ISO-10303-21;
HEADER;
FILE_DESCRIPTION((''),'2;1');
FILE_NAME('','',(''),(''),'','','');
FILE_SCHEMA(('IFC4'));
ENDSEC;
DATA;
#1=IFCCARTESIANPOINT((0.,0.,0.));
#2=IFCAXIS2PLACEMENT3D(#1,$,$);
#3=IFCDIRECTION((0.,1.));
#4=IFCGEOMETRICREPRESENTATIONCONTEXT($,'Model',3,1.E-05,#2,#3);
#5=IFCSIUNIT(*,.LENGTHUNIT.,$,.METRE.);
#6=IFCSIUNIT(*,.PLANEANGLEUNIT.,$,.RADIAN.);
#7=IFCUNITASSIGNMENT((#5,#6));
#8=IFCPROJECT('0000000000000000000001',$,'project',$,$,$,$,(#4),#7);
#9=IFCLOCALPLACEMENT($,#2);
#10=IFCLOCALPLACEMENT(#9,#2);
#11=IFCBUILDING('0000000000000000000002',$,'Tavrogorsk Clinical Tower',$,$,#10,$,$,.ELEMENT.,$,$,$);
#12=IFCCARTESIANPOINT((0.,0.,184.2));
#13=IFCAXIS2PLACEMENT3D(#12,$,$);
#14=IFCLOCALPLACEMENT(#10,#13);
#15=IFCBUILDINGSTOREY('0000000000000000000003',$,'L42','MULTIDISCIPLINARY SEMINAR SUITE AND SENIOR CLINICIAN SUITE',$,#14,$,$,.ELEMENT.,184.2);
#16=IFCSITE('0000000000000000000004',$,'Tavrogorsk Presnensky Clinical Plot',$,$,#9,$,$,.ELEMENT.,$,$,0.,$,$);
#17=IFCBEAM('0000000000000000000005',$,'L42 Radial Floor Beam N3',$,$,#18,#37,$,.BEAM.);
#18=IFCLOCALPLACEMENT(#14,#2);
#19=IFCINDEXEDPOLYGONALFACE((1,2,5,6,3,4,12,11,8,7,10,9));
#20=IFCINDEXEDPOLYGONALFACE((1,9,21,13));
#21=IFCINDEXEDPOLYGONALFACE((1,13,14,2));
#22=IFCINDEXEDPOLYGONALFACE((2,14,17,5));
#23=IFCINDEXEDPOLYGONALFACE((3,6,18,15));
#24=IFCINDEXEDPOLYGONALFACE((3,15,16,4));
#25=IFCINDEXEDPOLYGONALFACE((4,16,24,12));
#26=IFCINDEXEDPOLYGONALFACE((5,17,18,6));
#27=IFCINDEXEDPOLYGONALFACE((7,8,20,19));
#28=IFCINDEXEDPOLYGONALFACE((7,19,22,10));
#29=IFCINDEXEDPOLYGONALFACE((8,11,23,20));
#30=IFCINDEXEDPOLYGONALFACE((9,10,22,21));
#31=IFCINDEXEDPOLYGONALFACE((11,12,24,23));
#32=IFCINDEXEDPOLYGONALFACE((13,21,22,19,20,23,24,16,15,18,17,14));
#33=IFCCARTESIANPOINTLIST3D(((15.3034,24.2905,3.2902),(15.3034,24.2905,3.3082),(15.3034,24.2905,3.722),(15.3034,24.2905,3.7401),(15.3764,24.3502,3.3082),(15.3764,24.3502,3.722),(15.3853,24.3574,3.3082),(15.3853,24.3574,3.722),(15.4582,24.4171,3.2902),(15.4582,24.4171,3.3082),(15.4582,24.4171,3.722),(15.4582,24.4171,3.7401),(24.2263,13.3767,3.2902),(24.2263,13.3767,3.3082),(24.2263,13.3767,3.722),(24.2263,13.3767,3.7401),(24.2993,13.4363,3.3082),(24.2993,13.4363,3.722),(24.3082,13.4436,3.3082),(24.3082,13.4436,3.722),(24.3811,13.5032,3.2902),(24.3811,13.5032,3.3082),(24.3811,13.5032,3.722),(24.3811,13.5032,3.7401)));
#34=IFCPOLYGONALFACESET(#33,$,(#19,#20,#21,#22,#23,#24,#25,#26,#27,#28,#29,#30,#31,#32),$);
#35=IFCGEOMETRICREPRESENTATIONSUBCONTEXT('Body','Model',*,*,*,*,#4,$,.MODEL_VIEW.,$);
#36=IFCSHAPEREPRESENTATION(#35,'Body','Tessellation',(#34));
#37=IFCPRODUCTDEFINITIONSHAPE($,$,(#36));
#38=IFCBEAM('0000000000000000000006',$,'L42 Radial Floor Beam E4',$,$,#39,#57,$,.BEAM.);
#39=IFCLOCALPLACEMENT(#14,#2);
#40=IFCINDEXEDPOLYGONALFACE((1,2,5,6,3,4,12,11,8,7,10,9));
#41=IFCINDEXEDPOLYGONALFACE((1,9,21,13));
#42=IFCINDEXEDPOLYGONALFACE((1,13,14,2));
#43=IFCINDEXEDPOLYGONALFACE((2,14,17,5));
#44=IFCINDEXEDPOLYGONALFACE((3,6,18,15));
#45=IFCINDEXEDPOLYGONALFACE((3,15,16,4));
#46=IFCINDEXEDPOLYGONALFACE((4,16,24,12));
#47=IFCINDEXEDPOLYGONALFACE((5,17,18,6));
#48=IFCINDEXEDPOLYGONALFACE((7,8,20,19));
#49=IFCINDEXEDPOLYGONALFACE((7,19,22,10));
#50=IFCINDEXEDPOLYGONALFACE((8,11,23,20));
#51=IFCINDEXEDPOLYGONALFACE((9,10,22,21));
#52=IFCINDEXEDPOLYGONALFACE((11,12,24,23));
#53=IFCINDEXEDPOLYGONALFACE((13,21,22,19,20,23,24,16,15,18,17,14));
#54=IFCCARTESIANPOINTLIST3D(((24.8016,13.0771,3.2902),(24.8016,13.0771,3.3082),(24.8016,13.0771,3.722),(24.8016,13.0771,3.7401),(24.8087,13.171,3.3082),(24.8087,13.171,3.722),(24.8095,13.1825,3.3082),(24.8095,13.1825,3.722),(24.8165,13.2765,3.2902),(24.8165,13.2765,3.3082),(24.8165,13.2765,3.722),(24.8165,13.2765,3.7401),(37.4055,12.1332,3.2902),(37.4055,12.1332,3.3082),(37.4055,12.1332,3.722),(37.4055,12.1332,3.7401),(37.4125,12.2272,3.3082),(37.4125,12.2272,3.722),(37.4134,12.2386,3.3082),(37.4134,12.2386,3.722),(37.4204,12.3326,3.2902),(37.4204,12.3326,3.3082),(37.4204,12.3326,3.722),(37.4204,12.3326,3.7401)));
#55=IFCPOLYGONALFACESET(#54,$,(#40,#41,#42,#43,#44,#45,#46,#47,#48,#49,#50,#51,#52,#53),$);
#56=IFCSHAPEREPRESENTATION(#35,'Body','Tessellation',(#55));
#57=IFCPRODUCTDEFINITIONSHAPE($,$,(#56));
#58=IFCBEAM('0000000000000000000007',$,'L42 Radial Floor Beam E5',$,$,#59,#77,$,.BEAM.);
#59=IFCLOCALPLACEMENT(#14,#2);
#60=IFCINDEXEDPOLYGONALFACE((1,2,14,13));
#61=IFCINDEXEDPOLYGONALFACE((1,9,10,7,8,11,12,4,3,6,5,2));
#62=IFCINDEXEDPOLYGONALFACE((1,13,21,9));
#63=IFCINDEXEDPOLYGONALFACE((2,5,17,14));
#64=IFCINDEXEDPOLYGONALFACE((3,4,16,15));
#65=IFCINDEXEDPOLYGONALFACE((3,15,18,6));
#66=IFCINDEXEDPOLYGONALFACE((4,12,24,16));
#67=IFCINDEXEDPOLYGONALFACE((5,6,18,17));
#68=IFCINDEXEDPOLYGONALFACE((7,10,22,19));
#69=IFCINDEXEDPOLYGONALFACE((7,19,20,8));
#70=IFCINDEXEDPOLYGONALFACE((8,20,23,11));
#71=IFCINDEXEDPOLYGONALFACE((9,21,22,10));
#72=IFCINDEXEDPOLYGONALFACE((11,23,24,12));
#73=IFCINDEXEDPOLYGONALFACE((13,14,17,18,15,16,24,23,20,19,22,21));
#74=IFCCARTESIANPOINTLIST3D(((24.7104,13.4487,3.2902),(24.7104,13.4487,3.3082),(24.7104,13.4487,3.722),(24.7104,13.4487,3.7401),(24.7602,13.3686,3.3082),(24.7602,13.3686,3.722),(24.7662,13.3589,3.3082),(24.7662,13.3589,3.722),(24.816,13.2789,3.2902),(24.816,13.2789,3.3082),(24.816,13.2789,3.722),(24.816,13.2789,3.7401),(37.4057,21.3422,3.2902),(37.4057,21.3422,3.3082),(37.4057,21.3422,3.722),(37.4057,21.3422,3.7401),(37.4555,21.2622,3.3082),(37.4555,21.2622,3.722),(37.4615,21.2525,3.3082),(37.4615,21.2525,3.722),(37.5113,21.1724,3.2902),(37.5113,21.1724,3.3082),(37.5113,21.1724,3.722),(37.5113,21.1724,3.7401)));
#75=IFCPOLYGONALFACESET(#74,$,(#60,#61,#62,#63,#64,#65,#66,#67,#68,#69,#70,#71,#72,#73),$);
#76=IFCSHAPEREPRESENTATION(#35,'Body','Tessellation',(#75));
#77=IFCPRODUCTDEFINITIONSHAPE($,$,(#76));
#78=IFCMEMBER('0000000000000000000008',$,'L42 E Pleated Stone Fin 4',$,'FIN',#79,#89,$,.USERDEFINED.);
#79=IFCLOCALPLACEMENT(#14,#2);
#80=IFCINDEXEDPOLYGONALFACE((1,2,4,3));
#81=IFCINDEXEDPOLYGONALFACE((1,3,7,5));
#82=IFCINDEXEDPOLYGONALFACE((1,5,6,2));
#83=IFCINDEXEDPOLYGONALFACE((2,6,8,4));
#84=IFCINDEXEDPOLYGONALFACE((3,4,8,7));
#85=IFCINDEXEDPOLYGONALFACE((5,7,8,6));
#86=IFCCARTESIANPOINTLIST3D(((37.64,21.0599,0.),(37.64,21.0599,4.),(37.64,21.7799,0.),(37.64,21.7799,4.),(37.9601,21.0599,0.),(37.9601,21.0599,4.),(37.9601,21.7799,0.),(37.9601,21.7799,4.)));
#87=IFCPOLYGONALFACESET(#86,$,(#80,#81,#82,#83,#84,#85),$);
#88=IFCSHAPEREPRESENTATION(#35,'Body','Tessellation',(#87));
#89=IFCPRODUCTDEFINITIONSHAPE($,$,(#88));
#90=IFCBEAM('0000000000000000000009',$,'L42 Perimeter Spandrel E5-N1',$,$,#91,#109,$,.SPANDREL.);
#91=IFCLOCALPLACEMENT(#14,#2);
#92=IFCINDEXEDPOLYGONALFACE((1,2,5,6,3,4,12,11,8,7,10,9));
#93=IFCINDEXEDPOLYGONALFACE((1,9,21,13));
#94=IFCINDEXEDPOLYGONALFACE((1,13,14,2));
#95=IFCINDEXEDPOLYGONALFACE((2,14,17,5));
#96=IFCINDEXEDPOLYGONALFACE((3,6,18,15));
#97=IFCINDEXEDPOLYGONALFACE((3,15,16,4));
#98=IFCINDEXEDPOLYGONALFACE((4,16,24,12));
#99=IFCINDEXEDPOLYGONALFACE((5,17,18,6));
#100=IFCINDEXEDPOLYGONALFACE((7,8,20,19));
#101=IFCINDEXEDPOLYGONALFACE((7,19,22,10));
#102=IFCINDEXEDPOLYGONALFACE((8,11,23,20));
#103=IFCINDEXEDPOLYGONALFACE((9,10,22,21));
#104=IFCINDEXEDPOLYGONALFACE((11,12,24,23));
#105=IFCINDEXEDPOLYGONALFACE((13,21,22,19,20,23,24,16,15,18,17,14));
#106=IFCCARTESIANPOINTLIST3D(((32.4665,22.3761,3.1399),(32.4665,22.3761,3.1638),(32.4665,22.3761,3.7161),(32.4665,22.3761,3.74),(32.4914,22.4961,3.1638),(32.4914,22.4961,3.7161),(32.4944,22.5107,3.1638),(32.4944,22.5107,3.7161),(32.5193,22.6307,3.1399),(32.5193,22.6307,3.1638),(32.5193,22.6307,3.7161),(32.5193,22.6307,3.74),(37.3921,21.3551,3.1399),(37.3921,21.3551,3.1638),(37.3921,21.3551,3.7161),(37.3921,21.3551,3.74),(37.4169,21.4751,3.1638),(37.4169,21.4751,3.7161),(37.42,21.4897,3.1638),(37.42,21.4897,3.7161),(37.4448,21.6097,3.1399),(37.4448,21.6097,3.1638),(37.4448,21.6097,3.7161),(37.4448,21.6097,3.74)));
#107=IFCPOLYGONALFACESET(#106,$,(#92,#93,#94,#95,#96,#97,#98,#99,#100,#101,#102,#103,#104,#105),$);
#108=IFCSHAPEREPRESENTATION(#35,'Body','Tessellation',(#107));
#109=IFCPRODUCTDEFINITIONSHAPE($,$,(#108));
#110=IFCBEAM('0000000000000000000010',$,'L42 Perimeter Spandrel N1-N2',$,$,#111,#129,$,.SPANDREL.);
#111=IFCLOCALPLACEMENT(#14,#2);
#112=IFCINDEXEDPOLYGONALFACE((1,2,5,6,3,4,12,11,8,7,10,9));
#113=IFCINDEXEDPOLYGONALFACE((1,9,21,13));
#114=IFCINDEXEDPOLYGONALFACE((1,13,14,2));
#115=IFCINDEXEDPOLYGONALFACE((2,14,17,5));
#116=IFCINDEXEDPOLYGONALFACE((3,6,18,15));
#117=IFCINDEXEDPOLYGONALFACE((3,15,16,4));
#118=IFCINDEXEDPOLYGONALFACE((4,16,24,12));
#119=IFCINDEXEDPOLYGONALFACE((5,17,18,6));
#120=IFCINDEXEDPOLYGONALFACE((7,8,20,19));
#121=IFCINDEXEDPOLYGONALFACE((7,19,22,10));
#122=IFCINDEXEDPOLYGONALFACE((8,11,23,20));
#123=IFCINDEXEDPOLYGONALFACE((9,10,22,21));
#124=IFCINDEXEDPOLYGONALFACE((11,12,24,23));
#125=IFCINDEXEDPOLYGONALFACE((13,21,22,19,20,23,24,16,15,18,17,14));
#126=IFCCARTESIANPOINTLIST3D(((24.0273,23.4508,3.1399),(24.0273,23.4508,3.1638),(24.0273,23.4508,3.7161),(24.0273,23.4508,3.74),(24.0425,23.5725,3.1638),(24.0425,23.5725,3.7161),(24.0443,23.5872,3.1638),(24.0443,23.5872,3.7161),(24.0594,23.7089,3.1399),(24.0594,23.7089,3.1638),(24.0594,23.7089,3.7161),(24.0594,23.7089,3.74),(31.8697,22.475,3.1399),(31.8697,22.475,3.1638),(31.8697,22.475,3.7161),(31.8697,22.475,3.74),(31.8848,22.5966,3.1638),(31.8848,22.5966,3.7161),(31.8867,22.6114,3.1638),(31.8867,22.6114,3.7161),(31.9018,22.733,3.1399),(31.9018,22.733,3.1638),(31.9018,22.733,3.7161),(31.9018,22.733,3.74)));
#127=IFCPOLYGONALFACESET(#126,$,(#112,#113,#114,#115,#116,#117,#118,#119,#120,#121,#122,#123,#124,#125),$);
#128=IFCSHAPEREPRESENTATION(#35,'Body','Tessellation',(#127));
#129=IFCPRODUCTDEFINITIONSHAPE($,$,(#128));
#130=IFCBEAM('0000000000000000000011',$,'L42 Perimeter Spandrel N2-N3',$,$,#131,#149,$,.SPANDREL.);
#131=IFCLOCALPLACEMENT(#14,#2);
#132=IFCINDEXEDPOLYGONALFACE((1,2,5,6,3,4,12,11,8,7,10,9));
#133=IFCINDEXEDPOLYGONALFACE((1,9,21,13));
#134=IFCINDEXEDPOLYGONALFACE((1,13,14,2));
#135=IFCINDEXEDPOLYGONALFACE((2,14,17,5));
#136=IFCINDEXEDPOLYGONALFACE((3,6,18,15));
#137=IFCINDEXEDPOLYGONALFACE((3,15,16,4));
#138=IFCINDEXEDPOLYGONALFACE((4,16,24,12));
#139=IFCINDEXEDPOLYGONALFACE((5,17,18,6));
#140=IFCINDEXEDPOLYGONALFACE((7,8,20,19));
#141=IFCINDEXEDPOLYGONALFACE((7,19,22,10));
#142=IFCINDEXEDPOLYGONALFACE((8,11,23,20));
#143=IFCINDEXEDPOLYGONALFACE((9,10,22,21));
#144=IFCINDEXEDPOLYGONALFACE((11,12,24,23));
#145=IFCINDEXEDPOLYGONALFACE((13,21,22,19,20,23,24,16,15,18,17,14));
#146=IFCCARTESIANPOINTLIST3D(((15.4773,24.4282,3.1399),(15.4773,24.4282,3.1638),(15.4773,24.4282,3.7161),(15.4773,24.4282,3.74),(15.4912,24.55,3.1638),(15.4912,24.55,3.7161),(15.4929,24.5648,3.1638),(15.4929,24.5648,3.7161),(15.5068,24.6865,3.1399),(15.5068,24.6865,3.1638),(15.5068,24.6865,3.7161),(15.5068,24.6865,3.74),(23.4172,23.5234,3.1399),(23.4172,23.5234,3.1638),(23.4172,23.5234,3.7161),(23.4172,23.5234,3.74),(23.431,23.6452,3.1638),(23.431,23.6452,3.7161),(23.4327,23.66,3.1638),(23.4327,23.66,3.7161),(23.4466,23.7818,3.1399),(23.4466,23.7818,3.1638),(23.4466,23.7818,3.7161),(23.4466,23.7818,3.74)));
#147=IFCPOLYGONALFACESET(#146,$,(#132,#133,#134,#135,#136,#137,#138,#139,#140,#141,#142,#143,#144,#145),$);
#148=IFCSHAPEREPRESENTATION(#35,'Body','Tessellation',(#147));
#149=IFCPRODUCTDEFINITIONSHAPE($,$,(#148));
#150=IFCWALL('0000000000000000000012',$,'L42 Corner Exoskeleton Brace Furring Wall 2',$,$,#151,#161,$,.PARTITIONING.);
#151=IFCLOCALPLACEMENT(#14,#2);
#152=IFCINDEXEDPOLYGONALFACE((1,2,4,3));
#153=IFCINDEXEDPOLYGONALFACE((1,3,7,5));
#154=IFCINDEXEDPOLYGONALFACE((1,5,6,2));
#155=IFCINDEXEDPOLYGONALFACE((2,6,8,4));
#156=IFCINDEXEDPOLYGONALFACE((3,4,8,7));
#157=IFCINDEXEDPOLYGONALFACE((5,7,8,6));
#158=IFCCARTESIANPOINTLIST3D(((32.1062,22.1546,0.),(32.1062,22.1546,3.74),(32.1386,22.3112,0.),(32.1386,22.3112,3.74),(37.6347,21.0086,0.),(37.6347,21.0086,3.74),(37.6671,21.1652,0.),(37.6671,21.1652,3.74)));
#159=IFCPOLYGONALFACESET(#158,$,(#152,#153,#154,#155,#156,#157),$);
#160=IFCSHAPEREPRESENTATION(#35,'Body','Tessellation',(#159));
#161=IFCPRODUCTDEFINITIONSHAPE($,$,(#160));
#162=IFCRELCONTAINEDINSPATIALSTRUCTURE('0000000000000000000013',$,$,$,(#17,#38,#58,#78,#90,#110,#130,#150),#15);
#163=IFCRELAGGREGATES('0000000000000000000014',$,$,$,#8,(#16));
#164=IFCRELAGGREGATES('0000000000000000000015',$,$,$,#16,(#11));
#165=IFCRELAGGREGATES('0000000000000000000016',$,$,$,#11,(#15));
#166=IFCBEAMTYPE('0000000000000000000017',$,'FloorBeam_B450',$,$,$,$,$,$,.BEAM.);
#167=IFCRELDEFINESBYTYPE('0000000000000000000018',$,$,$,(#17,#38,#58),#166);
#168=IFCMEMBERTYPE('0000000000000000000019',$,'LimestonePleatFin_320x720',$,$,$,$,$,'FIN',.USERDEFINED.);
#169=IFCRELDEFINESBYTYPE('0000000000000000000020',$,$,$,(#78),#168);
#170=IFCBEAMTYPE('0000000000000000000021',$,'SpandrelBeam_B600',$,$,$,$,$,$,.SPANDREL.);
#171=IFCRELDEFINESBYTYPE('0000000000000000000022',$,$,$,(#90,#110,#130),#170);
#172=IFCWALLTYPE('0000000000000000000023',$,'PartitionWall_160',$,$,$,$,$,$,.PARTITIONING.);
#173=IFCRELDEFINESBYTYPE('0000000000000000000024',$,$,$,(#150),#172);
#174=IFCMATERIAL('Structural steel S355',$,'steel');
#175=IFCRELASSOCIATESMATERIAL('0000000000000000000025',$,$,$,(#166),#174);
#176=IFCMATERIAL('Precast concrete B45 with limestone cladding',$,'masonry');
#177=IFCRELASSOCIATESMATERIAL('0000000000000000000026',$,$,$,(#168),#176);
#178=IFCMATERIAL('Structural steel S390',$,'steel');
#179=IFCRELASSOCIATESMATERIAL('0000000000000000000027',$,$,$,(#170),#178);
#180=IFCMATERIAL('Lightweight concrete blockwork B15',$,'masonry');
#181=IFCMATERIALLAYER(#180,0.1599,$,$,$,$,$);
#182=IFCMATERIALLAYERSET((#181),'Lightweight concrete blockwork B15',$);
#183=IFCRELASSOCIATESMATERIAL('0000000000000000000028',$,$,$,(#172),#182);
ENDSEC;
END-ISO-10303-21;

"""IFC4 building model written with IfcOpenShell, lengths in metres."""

from ifc_helpers import new_model, si_unit, direction, frame, frame_2d, origin, origin_2d, place, context, subcontext, project, spatial, rectangle, i_section, extrude, material, layer, layer_set, material_profile, profile_set, type_object, element, save


model = new_model("IFC4")

# Units and contexts
model_context = context("Model", 3, precision=1e-05, world=origin(), true_north=direction((0.0, 1.0)))
body_context = subcontext(model_context, "Body", "Model", "MODEL_VIEW")
ifc_project = project(units=[si_unit("LENGTHUNIT", "METRE"), si_unit("PLANEANGLEUNIT", "RADIAN")], contexts=[model_context])

# Site, building, storey
site_placement = place(None, origin())
site = spatial("IfcSite", under=ifc_project, at=site_placement, Name="Tavrogorsk Presnensky Clinical Plot", CompositionType="ELEMENT", RefElevation=0.0)
building_placement = place(site_placement, origin())
building = spatial("IfcBuilding", under=site, at=building_placement, Name="Tavrogorsk Clinical Tower", CompositionType="ELEMENT")
storey_placement = place(building_placement, frame((0.0, 0.0, 184.2)))
storey = spatial("IfcBuildingStorey", under=building, at=storey_placement, Name="L42", Description="MULTIDISCIPLINARY SEMINAR SUITE AND SENIOR CLINICIAN SUITE", CompositionType="ELEMENT", Elevation=184.2)

# Beams
ifc_material_1 = material(Name="Structural steel S355", Category="steel")
ifc_material_profile_1 = material_profile(ifc_material_1, i_section(OverallWidth=0.2, OverallDepth=0.45, WebThickness=0.0115, FlangeThickness=0.0181, at=origin_2d()), Name="B-450x200x11.5x18")
ifc_profile_set_1 = profile_set([ifc_material_profile_1], Name="Structural steel S355")
beam_type_1 = type_object("IfcBeamType", Name="FloorBeam_B450", PredefinedType="BEAM", material=ifc_profile_set_1)
beam_1_placement = place(storey_placement, frame((24.3037, 13.4399, 3.5151), z_axis=(-0.632956, 0.774188, 0.0), x_axis=(-0.774188, -0.632956, 0.0)))
element("IfcBeam", 1, at=beam_1_placement, inside=storey, type_object=beam_type_1, Name="L42 Radial Floor Beam N3", PredefinedType="BEAM", context=body_context, shape_type="SweptSolid", body=[
    extrude(i_section(OverallWidth=0.2, OverallDepth=0.45, WebThickness=0.0115, FlangeThickness=0.0181, at=origin_2d()), origin(), (0.0, 0.0, 1.0), 14.0972),
])
beam_2_placement = place(storey_placement, frame((24.8091, 13.1768, 3.5151), z_axis=(0.997208, -0.074677, 0.0), x_axis=(0.074677, 0.997208, 0.0)))
element("IfcBeam", 2, at=beam_2_placement, inside=storey, type_object=beam_type_1, Name="L42 Radial Floor Beam E4", PredefinedType="BEAM", context=body_context, shape_type="SweptSolid", body=[
    extrude(i_section(OverallWidth=0.2, OverallDepth=0.45, WebThickness=0.0115, FlangeThickness=0.0181, at=origin_2d()), origin(), (0.0, 0.0, 1.0), 12.6392),
])
beam_3_placement = place(storey_placement, frame((24.7632, 13.3638, 3.5151), z_axis=(0.849229, 0.528025, 0.0), x_axis=(-0.528025, 0.849229, 0.0)))
element("IfcBeam", 3, at=beam_3_placement, inside=storey, type_object=beam_type_1, Name="L42 Radial Floor Beam E5", PredefinedType="BEAM", context=body_context, shape_type="SweptSolid", body=[
    extrude(i_section(OverallWidth=0.2, OverallDepth=0.45, WebThickness=0.0115, FlangeThickness=0.0181, at=origin_2d()), origin(), (0.0, 0.0, 1.0), 14.9492),
])

# Member
ifc_material_2 = material(Name="Precast concrete B45 with limestone cladding", Category="masonry")
ifc_material_profile_2 = material_profile(ifc_material_2, rectangle(XDim=0.3201, YDim=0.72, at=origin_2d()), Name="LIMESTONE-FIN-320x720")
ifc_profile_set_2 = profile_set([ifc_material_profile_2], Name="Precast concrete B45 with limestone cladding")
member_type_1 = type_object("IfcMemberType", Name="LimestonePleatFin_320x720", ElementType="FIN", PredefinedType="USERDEFINED", material=ifc_profile_set_2)
member_1_placement = place(storey_placement, frame((37.8, 21.4199, 0.0), z_axis=(0.0, 0.0, 1.0), x_axis=(1.0, 0.0, 0.0)))
element("IfcMember", 4, at=member_1_placement, inside=storey, type_object=member_type_1, Name="L42 E Pleated Stone Fin 4", ObjectType="FIN", PredefinedType="USERDEFINED", context=body_context, shape_type="SweptSolid", body=[
    extrude(rectangle(XDim=0.3201, YDim=0.72, at=origin_2d()), origin(), (0.0, 0.0, 1.0), 4.0),
])

# Beams
ifc_material_3 = material(Name="Structural steel S390", Category="steel")
ifc_material_profile_3 = material_profile(ifc_material_3, i_section(OverallWidth=0.26, OverallDepth=0.6001, WebThickness=0.0149, FlangeThickness=0.0239, at=origin_2d()), Name="B-600x260x15x24")
ifc_profile_set_3 = profile_set([ifc_material_profile_3], Name="Structural steel S390")
beam_type_2 = type_object("IfcBeamType", Name="SpandrelBeam_B600", PredefinedType="SPANDREL", material=ifc_profile_set_3)
beam_4_placement = place(storey_placement, frame((37.4185, 21.4824, 3.4399), z_axis=(-0.979185, 0.202972, 0.0), x_axis=(-0.202972, -0.979185, 0.0)))
element("IfcBeam", 5, at=beam_4_placement, inside=storey, type_object=beam_type_2, Name="L42 Perimeter Spandrel E5-N1", PredefinedType="SPANDREL", context=body_context, shape_type="SweptSolid", body=[
    extrude(i_section(OverallWidth=0.26, OverallDepth=0.6001, WebThickness=0.0149, FlangeThickness=0.0239, at=origin_2d()), origin(), (0.0, 0.0, 1.0), 5.0303),
])
beam_5_placement = place(storey_placement, frame((31.8857, 22.604, 3.4399), z_axis=(-0.992347, 0.12348, 0.0), x_axis=(-0.12348, -0.992347, 0.0)))
element("IfcBeam", 6, at=beam_5_placement, inside=storey, type_object=beam_type_2, Name="L42 Perimeter Spandrel N1-N2", PredefinedType="SPANDREL", context=body_context, shape_type="SweptSolid", body=[
    extrude(i_section(OverallWidth=0.26, OverallDepth=0.6001, WebThickness=0.0149, FlangeThickness=0.0239, at=origin_2d()), origin(), (0.0, 0.0, 1.0), 7.9028),
])
beam_6_placement = place(storey_placement, frame((23.4319, 23.6526, 3.4399), z_axis=(-0.99357, 0.113221, 0.0), x_axis=(-0.113221, -0.99357, 0.0)))
element("IfcBeam", 7, at=beam_6_placement, inside=storey, type_object=beam_type_2, Name="L42 Perimeter Spandrel N2-N3", PredefinedType="SPANDREL", context=body_context, shape_type="SweptSolid", body=[
    extrude(i_section(OverallWidth=0.26, OverallDepth=0.6001, WebThickness=0.0149, FlangeThickness=0.0239, at=origin_2d()), origin(), (0.0, 0.0, 1.0), 7.9912),
])

# Wall
ifc_material_4 = material(Name="Lightweight concrete blockwork B15", Category="masonry")
ifc_layer_1 = layer(ifc_material_4, 0.1599)
ifc_layer_set_1 = layer_set([ifc_layer_1], Name="Lightweight concrete blockwork B15")
wall_type_1 = type_object("IfcWallType", Name="PartitionWall_160", PredefinedType="PARTITIONING", material=ifc_layer_set_1)
wall_1_placement = place(storey_placement, frame((37.6509, 21.0869, 0.0), z_axis=(0.0, 0.0, 1.0), x_axis=(-0.979185, 0.202972, 0.0)))
element("IfcWall", 8, at=wall_1_placement, inside=storey, type_object=wall_type_1, Name="L42 Corner Exoskeleton Brace Furring Wall 2", PredefinedType="PARTITIONING", context=body_context, shape_type="SweptSolid", body=[
    extrude(rectangle(XDim=5.646, YDim=0.1599, at=frame_2d((2.823, 0.0))), origin(), (0.0, 0.0, 1.0), 3.74),
])

save(model, "model.ifc")
